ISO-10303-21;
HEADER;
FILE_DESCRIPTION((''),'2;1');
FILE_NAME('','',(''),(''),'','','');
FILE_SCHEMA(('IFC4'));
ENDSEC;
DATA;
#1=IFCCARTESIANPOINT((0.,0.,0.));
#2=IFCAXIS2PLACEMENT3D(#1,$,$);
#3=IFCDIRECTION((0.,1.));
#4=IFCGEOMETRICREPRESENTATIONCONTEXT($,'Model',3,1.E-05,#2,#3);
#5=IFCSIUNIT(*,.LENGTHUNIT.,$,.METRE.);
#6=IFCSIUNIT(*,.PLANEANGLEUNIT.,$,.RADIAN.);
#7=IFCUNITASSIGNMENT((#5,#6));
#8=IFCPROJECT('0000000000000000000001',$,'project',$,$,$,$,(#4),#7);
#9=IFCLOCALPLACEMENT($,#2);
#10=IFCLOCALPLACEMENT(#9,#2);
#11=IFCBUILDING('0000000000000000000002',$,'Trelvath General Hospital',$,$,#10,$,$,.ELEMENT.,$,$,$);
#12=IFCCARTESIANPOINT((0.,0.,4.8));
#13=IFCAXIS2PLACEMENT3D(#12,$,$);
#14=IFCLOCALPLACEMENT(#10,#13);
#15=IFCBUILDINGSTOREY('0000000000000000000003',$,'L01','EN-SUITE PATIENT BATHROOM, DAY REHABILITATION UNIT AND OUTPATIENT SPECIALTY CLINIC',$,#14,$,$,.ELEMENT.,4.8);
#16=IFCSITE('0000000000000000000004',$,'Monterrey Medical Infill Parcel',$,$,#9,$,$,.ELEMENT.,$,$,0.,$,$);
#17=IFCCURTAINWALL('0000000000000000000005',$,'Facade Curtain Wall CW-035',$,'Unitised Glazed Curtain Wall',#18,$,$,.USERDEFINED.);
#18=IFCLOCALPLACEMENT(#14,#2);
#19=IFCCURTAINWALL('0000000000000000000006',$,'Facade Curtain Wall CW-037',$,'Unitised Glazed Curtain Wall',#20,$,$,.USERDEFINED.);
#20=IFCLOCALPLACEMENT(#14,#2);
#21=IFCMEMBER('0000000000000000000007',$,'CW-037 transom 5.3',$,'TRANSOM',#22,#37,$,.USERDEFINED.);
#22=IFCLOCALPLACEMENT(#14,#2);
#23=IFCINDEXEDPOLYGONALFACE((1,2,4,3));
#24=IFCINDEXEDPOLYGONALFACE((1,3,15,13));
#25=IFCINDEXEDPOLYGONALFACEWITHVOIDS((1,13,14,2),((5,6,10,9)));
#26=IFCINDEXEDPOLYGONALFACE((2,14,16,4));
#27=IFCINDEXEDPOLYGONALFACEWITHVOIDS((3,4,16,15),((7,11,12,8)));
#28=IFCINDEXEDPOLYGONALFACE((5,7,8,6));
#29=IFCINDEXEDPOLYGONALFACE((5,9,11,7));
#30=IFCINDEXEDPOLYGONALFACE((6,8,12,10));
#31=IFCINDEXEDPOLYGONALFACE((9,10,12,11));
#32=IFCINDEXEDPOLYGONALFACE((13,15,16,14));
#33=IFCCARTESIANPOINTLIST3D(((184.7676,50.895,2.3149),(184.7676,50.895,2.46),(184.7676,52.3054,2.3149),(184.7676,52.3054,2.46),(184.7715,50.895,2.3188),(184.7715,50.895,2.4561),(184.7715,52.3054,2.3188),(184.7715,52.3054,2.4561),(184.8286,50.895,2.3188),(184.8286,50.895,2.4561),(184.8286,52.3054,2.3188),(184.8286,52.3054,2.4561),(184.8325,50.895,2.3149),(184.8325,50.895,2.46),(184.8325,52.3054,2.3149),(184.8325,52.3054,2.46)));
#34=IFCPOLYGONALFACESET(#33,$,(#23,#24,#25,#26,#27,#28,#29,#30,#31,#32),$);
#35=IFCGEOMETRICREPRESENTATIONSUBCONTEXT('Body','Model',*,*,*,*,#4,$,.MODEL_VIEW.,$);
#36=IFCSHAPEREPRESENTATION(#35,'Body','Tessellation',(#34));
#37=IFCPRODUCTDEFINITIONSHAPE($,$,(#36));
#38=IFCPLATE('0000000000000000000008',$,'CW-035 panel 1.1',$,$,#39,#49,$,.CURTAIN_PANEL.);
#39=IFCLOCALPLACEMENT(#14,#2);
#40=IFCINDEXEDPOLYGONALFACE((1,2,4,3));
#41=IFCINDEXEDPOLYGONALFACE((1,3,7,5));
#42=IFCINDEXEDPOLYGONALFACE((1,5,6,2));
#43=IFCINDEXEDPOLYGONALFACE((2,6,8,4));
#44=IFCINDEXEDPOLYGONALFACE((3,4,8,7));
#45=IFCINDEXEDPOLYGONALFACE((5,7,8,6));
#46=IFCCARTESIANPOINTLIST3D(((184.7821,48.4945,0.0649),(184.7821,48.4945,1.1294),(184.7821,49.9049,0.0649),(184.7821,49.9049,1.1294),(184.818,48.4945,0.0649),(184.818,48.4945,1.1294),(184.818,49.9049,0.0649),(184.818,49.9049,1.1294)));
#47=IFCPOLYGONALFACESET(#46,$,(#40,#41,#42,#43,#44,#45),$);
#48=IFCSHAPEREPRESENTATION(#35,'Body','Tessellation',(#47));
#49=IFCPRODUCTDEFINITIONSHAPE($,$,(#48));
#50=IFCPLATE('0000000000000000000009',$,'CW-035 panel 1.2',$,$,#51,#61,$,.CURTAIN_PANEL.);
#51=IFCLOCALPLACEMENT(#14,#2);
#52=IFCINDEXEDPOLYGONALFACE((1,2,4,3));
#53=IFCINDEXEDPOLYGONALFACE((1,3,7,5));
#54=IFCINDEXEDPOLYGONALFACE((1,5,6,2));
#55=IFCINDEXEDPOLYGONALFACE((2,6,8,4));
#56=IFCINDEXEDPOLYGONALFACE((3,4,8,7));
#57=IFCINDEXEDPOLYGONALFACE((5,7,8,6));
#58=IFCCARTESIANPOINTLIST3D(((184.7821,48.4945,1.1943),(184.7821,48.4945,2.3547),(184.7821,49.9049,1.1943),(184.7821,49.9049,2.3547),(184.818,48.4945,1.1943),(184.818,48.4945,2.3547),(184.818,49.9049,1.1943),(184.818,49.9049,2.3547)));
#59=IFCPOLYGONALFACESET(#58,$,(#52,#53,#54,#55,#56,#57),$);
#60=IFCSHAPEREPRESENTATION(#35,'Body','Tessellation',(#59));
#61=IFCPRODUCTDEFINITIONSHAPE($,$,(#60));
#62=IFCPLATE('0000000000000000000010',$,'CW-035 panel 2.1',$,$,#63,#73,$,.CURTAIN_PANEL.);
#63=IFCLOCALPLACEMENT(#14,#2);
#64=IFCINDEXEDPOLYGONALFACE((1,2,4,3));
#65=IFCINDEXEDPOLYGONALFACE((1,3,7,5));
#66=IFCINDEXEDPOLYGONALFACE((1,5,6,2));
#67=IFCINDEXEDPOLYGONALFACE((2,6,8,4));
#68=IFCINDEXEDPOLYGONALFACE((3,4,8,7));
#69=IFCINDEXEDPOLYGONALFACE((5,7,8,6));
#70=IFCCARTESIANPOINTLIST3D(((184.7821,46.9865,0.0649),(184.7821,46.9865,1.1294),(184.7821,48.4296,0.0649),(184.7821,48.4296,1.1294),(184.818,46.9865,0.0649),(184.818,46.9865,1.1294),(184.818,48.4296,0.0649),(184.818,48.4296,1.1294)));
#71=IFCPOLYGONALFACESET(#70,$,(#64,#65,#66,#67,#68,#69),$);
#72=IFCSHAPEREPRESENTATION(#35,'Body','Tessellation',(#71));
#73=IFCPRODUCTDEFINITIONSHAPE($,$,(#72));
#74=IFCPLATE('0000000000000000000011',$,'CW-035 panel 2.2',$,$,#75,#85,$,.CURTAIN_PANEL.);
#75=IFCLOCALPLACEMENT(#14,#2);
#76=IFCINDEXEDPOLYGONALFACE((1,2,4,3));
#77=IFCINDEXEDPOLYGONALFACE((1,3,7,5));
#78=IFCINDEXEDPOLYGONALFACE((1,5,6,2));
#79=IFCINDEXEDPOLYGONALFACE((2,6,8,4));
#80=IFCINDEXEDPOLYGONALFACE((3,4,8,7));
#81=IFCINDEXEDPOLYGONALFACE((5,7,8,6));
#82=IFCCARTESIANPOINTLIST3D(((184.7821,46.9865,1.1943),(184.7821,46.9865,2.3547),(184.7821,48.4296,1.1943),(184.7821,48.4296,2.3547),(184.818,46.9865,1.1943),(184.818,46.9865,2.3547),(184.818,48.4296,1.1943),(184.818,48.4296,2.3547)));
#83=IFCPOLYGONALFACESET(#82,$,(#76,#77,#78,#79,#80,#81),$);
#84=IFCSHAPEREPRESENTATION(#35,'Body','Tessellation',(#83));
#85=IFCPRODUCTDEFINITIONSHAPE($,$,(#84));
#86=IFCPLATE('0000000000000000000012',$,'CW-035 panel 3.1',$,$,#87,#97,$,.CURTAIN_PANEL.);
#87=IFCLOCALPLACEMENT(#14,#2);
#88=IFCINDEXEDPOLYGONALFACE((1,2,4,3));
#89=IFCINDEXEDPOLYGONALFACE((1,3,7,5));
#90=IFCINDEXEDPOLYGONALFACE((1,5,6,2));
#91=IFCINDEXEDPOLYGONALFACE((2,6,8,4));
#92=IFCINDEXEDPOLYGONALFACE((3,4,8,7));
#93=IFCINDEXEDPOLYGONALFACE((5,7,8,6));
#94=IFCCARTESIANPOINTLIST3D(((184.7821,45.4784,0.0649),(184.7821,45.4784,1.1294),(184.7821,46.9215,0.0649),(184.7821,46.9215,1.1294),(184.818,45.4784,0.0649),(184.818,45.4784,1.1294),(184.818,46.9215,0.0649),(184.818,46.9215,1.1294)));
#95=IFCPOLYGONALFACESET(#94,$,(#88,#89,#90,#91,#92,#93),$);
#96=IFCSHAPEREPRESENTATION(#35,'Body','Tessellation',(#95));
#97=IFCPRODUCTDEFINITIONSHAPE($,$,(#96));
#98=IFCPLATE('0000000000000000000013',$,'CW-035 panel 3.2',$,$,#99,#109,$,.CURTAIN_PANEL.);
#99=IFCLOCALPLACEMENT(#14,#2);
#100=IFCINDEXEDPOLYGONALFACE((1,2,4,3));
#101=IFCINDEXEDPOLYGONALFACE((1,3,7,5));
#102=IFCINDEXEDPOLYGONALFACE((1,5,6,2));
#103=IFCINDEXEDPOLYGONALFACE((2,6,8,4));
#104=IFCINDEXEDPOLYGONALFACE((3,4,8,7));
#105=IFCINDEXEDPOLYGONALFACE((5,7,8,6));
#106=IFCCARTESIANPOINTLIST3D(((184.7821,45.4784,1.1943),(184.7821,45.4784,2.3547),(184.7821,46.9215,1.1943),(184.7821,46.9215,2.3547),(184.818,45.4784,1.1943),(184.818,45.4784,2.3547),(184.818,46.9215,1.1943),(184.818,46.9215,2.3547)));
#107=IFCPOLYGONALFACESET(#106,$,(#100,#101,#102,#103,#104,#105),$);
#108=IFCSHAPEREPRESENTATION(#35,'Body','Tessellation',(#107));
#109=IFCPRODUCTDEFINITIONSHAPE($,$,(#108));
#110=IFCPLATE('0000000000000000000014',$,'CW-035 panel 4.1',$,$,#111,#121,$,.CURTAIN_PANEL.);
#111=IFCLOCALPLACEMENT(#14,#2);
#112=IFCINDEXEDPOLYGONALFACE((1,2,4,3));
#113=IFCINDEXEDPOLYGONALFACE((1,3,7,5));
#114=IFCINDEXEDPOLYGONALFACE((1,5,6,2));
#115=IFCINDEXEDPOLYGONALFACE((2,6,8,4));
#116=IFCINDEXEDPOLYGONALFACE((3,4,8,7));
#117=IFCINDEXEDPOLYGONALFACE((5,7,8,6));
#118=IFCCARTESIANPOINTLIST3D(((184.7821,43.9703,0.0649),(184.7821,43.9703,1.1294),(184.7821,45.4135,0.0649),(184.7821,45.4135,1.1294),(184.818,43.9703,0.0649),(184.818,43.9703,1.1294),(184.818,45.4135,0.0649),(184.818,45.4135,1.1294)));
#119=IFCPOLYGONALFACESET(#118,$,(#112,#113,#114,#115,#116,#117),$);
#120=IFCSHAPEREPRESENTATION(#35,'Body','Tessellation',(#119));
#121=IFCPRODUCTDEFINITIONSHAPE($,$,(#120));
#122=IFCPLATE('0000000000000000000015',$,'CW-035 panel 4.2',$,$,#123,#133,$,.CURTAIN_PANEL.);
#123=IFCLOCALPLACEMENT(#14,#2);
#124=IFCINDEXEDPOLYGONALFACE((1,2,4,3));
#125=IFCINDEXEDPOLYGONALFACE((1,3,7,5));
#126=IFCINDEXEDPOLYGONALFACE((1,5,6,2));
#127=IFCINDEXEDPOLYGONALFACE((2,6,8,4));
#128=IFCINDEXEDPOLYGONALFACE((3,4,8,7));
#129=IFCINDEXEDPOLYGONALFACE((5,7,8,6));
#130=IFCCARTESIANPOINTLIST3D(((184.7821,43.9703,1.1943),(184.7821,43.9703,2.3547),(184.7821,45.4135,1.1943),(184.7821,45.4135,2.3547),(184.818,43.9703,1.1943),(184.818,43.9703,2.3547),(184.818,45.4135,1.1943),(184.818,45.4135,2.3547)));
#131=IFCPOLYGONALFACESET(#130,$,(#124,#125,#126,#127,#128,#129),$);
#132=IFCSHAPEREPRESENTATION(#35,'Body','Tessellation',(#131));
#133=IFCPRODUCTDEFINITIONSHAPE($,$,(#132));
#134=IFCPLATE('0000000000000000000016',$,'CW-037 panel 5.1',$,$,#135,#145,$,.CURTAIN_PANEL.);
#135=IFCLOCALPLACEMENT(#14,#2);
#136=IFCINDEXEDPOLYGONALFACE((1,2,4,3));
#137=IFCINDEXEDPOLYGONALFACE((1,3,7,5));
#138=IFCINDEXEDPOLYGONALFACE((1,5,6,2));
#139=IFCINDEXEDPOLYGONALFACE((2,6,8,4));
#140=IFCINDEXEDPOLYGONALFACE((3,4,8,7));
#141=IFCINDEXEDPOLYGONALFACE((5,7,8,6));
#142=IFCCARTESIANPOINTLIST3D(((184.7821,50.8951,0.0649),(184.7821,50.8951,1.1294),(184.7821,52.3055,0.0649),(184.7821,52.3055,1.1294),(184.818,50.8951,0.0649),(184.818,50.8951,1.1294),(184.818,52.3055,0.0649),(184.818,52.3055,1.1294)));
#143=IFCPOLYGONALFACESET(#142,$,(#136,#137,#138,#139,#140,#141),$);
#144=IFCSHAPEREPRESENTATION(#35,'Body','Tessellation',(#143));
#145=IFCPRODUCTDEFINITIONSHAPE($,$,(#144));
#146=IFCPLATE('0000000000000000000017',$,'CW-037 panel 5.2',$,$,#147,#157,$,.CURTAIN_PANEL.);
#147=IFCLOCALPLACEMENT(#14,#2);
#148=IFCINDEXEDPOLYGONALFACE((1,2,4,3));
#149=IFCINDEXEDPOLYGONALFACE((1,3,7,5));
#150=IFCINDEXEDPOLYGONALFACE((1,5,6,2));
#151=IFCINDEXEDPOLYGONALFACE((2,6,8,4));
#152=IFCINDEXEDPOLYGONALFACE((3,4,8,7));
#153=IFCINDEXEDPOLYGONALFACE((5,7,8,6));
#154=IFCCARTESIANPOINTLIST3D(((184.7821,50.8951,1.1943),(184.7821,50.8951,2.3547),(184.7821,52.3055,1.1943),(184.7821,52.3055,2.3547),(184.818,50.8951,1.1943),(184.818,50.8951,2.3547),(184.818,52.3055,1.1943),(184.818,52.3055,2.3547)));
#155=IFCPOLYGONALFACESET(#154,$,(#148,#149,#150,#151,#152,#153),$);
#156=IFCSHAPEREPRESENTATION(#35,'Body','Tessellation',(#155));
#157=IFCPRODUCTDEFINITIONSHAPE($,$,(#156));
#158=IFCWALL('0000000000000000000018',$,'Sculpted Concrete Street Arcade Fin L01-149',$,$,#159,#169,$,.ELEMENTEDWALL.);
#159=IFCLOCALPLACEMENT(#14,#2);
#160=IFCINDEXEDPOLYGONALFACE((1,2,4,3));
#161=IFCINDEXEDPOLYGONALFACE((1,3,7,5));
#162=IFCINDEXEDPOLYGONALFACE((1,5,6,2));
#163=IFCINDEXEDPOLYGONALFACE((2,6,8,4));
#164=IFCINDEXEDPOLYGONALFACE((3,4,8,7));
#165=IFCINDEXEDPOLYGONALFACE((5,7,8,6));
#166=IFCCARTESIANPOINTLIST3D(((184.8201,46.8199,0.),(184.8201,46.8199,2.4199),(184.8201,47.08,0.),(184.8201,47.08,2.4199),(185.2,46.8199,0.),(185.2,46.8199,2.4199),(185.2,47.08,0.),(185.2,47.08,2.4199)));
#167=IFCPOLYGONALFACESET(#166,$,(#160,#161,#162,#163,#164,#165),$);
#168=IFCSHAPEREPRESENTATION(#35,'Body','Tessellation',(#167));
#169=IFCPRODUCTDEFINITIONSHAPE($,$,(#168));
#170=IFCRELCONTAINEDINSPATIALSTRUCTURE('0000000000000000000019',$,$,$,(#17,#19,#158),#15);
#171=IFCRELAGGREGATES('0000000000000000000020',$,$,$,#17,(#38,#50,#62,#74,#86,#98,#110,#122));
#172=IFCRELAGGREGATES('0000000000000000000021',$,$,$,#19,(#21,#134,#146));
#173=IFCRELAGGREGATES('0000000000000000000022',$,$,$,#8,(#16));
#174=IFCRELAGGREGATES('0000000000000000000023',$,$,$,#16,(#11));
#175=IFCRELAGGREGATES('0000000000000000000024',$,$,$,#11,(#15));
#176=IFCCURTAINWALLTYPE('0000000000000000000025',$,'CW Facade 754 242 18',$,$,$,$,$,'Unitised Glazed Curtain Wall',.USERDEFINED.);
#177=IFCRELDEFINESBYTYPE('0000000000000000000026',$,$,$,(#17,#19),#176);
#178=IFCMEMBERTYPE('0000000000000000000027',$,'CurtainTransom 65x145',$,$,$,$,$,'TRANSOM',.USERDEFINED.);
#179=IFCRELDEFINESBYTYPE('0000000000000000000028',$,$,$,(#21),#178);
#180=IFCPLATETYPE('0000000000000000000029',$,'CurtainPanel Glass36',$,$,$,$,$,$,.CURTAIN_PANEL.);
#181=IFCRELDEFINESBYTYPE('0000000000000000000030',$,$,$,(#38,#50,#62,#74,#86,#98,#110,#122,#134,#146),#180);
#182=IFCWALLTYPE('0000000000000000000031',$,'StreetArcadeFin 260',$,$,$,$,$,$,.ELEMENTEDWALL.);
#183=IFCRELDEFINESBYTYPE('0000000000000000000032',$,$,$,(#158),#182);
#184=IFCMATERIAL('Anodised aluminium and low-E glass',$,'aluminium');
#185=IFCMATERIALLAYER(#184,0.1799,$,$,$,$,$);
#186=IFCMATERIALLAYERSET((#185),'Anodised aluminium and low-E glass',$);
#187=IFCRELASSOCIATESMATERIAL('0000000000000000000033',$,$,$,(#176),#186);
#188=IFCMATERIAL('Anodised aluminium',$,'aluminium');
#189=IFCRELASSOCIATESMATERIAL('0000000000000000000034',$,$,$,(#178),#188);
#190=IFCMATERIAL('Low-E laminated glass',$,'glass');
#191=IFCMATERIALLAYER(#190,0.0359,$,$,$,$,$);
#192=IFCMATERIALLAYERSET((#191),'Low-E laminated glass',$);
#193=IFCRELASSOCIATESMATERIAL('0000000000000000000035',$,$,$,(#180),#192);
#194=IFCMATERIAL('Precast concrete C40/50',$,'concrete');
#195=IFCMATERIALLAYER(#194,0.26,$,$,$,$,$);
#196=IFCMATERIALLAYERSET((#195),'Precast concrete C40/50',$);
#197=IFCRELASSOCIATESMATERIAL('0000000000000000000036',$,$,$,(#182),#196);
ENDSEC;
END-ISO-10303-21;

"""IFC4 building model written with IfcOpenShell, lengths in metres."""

from ifc_helpers import new_model, si_unit, direction, frame, frame_2d, origin, origin_2d, place, context, subcontext, project, spatial, rectangle, hollow_rectangle, extrude, material, layer, layer_set, material_profile, profile_set, type_object, element, aggregate, save


model = new_model("IFC4")

# Units and contexts
model_context = context("Model", 3, precision=1e-05, world=origin(), true_north=direction((0.0, 1.0)))
body_context = subcontext(model_context, "Body", "Model", "MODEL_VIEW")
ifc_project = project(units=[si_unit("LENGTHUNIT", "METRE"), si_unit("PLANEANGLEUNIT", "RADIAN")], contexts=[model_context])

# Site, building, storey
site_placement = place(None, origin())
site = spatial("IfcSite", under=ifc_project, at=site_placement, Name="Monterrey Medical Infill Parcel", CompositionType="ELEMENT", RefElevation=0.0)
building_placement = place(site_placement, origin())
building = spatial("IfcBuilding", under=site, at=building_placement, Name="Trelvath General Hospital", CompositionType="ELEMENT")
storey_placement = place(building_placement, frame((0.0, 0.0, 4.8)))
storey = spatial("IfcBuildingStorey", under=building, at=storey_placement, Name="L01", Description="EN-SUITE PATIENT BATHROOM, DAY REHABILITATION UNIT AND OUTPATIENT SPECIALTY CLINIC", CompositionType="ELEMENT", Elevation=4.8)

# Curtain walls
ifc_material_1 = material(Name="Anodised aluminium and low-E glass", Category="aluminium")
ifc_layer_1 = layer(ifc_material_1, 0.1799)
ifc_layer_set_1 = layer_set([ifc_layer_1], Name="Anodised aluminium and low-E glass")
curtain_wall_type = type_object("IfcCurtainWallType", Name="CW Facade 754 242 18", ElementType="Unitised Glazed Curtain Wall", PredefinedType="USERDEFINED", material=ifc_layer_set_1)
curtain_wall_1_placement = place(storey_placement, origin())
curtain_wall_1 = element("IfcCurtainWall", 1, at=curtain_wall_1_placement, inside=storey, type_object=curtain_wall_type, Name="Facade Curtain Wall CW-035", ObjectType="Unitised Glazed Curtain Wall", PredefinedType="USERDEFINED")
curtain_wall_2_placement = place(storey_placement, origin())
curtain_wall_2 = element("IfcCurtainWall", 2, at=curtain_wall_2_placement, inside=storey, type_object=curtain_wall_type, Name="Facade Curtain Wall CW-037", ObjectType="Unitised Glazed Curtain Wall", PredefinedType="USERDEFINED")

# Member
ifc_material_2 = material(Name="Anodised aluminium", Category="aluminium")
ifc_material_profile_1 = material_profile(ifc_material_2, hollow_rectangle(XDim=0.0649, YDim=0.145, WallThickness=0.0039, at=origin_2d()), Name="RHS65x145x4")
ifc_profile_set_1 = profile_set([ifc_material_profile_1], Name="Anodised aluminium")
member_type_1 = type_object("IfcMemberType", Name="CurtainTransom 65x145", ElementType="TRANSOM", PredefinedType="USERDEFINED", material=ifc_profile_set_1)
member_1_placement = place(storey_placement, frame((184.8, 52.3054, 2.3875), z_axis=(0.0, -1.0, 0.0), x_axis=(1.0, 0.0, 0.0)))
member_1 = element("IfcMember", 3, at=member_1_placement, type_object=member_type_1, Name="CW-037 transom 5.3", ObjectType="TRANSOM", PredefinedType="USERDEFINED", context=body_context, shape_type="SweptSolid", body=[
    extrude(hollow_rectangle(XDim=0.0649, YDim=0.145, WallThickness=0.0039, at=origin_2d()), origin(), (0.0, 0.0, 1.0), 1.4104),
])

# Plates
ifc_material_3 = material(Name="Low-E laminated glass", Category="glass")
ifc_layer_2 = layer(ifc_material_3, 0.0359)
ifc_layer_set_2 = layer_set([ifc_layer_2], Name="Low-E laminated glass")
plate_type = type_object("IfcPlateType", Name="CurtainPanel Glass36", PredefinedType="CURTAIN_PANEL", material=ifc_layer_set_2)
plate_1_placement = place(storey_placement, frame((184.8, 49.1997, 0.0649), z_axis=(0.0, 0.0, 1.0), x_axis=(0.0, -1.0, 0.0)))
plate_1 = element("IfcPlate", 4, at=plate_1_placement, type_object=plate_type, Name="CW-035 panel 1.1", PredefinedType="CURTAIN_PANEL", context=body_context, shape_type="SweptSolid", body=[
    extrude(rectangle(XDim=1.4104, YDim=0.0359, at=origin_2d()), origin(), (0.0, 0.0, 1.0), 1.0645),
])
plate_2_placement = place(storey_placement, frame((184.8, 49.1997, 1.1943), z_axis=(0.0, 0.0, 1.0), x_axis=(0.0, -1.0, 0.0)))
plate_2 = element("IfcPlate", 5, at=plate_2_placement, type_object=plate_type, Name="CW-035 panel 1.2", PredefinedType="CURTAIN_PANEL", context=body_context, shape_type="SweptSolid", body=[
    extrude(rectangle(XDim=1.4104, YDim=0.0359, at=origin_2d()), origin(), (0.0, 0.0, 1.0), 1.1604),
])
plate_3_placement = place(storey_placement, frame((184.8, 47.708, 0.0649), z_axis=(0.0, 0.0, 1.0), x_axis=(0.0, -1.0, 0.0)))
plate_3 = element("IfcPlate", 6, at=plate_3_placement, type_object=plate_type, Name="CW-035 panel 2.1", PredefinedType="CURTAIN_PANEL", context=body_context, shape_type="SweptSolid", body=[
    extrude(rectangle(XDim=1.4431, YDim=0.0359, at=origin_2d()), origin(), (0.0, 0.0, 1.0), 1.0645),
])
plate_4_placement = place(storey_placement, frame((184.8, 47.708, 1.1943), z_axis=(0.0, 0.0, 1.0), x_axis=(0.0, -1.0, 0.0)))
plate_4 = element("IfcPlate", 7, at=plate_4_placement, type_object=plate_type, Name="CW-035 panel 2.2", PredefinedType="CURTAIN_PANEL", context=body_context, shape_type="SweptSolid", body=[
    extrude(rectangle(XDim=1.4431, YDim=0.0359, at=origin_2d()), origin(), (0.0, 0.0, 1.0), 1.1604),
])
plate_5_placement = place(storey_placement, frame((184.8, 46.2, 0.0649), z_axis=(0.0, 0.0, 1.0), x_axis=(0.0, -1.0, 0.0)))
plate_5 = element("IfcPlate", 8, at=plate_5_placement, type_object=plate_type, Name="CW-035 panel 3.1", PredefinedType="CURTAIN_PANEL", context=body_context, shape_type="SweptSolid", body=[
    extrude(rectangle(XDim=1.4431, YDim=0.0359, at=origin_2d()), origin(), (0.0, 0.0, 1.0), 1.0645),
])
plate_6_placement = place(storey_placement, frame((184.8, 46.2, 1.1943), z_axis=(0.0, 0.0, 1.0), x_axis=(0.0, -1.0, 0.0)))
plate_6 = element("IfcPlate", 9, at=plate_6_placement, type_object=plate_type, Name="CW-035 panel 3.2", PredefinedType="CURTAIN_PANEL", context=body_context, shape_type="SweptSolid", body=[
    extrude(rectangle(XDim=1.4431, YDim=0.0359, at=origin_2d()), origin(), (0.0, 0.0, 1.0), 1.1604),
])
plate_7_placement = place(storey_placement, frame((184.8, 44.6919, 0.0649), z_axis=(0.0, 0.0, 1.0), x_axis=(0.0, -1.0, 0.0)))
plate_7 = element("IfcPlate", 10, at=plate_7_placement, type_object=plate_type, Name="CW-035 panel 4.1", PredefinedType="CURTAIN_PANEL", context=body_context, shape_type="SweptSolid", body=[
    extrude(rectangle(XDim=1.4431, YDim=0.0359, at=origin_2d()), origin(), (0.0, 0.0, 1.0), 1.0645),
])
plate_8_placement = place(storey_placement, frame((184.8, 44.6919, 1.1943), z_axis=(0.0, 0.0, 1.0), x_axis=(0.0, -1.0, 0.0)))
plate_8 = element("IfcPlate", 11, at=plate_8_placement, type_object=plate_type, Name="CW-035 panel 4.2", PredefinedType="CURTAIN_PANEL", context=body_context, shape_type="SweptSolid", body=[
    extrude(rectangle(XDim=1.4431, YDim=0.0359, at=origin_2d()), origin(), (0.0, 0.0, 1.0), 1.1604),
])
aggregate(curtain_wall_1, [plate_1, plate_2, plate_3, plate_4, plate_5, plate_6, plate_7, plate_8])
plate_9_placement = place(storey_placement, frame((184.8, 51.6003, 0.0649), z_axis=(0.0, 0.0, 1.0), x_axis=(0.0, -1.0, 0.0)))
plate_9 = element("IfcPlate", 12, at=plate_9_placement, type_object=plate_type, Name="CW-037 panel 5.1", PredefinedType="CURTAIN_PANEL", context=body_context, shape_type="SweptSolid", body=[
    extrude(rectangle(XDim=1.4104, YDim=0.0359, at=origin_2d()), origin(), (0.0, 0.0, 1.0), 1.0645),
])
plate_10_placement = place(storey_placement, frame((184.8, 51.6003, 1.1943), z_axis=(0.0, 0.0, 1.0), x_axis=(0.0, -1.0, 0.0)))
plate_10 = element("IfcPlate", 13, at=plate_10_placement, type_object=plate_type, Name="CW-037 panel 5.2", PredefinedType="CURTAIN_PANEL", context=body_context, shape_type="SweptSolid", body=[
    extrude(rectangle(XDim=1.4104, YDim=0.0359, at=origin_2d()), origin(), (0.0, 0.0, 1.0), 1.1604),
])
aggregate(curtain_wall_2, [member_1, plate_9, plate_10])

# Wall
ifc_material_4 = material(Name="Precast concrete C40/50", Category="concrete")
ifc_layer_3 = layer(ifc_material_4, 0.26)
ifc_layer_set_3 = layer_set([ifc_layer_3], Name="Precast concrete C40/50")
wall_type = type_object("IfcWallType", Name="StreetArcadeFin 260", PredefinedType="ELEMENTEDWALL", material=ifc_layer_set_3)
wall_placement = place(storey_placement, frame((184.8201, 46.95, 0.0), z_axis=(0.0, 0.0, 1.0), x_axis=(1.0, 0.0, 0.0)))
element("IfcWall", 14, at=wall_placement, inside=storey, type_object=wall_type, Name="Sculpted Concrete Street Arcade Fin L01-149", PredefinedType="ELEMENTEDWALL", context=body_context, shape_type="SweptSolid", body=[
    extrude(rectangle(XDim=0.3799, YDim=0.26, at=frame_2d((0.1899, 0.0))), origin(), (0.0, 0.0, 1.0), 2.4199),
])

save(model, "model.ifc")
